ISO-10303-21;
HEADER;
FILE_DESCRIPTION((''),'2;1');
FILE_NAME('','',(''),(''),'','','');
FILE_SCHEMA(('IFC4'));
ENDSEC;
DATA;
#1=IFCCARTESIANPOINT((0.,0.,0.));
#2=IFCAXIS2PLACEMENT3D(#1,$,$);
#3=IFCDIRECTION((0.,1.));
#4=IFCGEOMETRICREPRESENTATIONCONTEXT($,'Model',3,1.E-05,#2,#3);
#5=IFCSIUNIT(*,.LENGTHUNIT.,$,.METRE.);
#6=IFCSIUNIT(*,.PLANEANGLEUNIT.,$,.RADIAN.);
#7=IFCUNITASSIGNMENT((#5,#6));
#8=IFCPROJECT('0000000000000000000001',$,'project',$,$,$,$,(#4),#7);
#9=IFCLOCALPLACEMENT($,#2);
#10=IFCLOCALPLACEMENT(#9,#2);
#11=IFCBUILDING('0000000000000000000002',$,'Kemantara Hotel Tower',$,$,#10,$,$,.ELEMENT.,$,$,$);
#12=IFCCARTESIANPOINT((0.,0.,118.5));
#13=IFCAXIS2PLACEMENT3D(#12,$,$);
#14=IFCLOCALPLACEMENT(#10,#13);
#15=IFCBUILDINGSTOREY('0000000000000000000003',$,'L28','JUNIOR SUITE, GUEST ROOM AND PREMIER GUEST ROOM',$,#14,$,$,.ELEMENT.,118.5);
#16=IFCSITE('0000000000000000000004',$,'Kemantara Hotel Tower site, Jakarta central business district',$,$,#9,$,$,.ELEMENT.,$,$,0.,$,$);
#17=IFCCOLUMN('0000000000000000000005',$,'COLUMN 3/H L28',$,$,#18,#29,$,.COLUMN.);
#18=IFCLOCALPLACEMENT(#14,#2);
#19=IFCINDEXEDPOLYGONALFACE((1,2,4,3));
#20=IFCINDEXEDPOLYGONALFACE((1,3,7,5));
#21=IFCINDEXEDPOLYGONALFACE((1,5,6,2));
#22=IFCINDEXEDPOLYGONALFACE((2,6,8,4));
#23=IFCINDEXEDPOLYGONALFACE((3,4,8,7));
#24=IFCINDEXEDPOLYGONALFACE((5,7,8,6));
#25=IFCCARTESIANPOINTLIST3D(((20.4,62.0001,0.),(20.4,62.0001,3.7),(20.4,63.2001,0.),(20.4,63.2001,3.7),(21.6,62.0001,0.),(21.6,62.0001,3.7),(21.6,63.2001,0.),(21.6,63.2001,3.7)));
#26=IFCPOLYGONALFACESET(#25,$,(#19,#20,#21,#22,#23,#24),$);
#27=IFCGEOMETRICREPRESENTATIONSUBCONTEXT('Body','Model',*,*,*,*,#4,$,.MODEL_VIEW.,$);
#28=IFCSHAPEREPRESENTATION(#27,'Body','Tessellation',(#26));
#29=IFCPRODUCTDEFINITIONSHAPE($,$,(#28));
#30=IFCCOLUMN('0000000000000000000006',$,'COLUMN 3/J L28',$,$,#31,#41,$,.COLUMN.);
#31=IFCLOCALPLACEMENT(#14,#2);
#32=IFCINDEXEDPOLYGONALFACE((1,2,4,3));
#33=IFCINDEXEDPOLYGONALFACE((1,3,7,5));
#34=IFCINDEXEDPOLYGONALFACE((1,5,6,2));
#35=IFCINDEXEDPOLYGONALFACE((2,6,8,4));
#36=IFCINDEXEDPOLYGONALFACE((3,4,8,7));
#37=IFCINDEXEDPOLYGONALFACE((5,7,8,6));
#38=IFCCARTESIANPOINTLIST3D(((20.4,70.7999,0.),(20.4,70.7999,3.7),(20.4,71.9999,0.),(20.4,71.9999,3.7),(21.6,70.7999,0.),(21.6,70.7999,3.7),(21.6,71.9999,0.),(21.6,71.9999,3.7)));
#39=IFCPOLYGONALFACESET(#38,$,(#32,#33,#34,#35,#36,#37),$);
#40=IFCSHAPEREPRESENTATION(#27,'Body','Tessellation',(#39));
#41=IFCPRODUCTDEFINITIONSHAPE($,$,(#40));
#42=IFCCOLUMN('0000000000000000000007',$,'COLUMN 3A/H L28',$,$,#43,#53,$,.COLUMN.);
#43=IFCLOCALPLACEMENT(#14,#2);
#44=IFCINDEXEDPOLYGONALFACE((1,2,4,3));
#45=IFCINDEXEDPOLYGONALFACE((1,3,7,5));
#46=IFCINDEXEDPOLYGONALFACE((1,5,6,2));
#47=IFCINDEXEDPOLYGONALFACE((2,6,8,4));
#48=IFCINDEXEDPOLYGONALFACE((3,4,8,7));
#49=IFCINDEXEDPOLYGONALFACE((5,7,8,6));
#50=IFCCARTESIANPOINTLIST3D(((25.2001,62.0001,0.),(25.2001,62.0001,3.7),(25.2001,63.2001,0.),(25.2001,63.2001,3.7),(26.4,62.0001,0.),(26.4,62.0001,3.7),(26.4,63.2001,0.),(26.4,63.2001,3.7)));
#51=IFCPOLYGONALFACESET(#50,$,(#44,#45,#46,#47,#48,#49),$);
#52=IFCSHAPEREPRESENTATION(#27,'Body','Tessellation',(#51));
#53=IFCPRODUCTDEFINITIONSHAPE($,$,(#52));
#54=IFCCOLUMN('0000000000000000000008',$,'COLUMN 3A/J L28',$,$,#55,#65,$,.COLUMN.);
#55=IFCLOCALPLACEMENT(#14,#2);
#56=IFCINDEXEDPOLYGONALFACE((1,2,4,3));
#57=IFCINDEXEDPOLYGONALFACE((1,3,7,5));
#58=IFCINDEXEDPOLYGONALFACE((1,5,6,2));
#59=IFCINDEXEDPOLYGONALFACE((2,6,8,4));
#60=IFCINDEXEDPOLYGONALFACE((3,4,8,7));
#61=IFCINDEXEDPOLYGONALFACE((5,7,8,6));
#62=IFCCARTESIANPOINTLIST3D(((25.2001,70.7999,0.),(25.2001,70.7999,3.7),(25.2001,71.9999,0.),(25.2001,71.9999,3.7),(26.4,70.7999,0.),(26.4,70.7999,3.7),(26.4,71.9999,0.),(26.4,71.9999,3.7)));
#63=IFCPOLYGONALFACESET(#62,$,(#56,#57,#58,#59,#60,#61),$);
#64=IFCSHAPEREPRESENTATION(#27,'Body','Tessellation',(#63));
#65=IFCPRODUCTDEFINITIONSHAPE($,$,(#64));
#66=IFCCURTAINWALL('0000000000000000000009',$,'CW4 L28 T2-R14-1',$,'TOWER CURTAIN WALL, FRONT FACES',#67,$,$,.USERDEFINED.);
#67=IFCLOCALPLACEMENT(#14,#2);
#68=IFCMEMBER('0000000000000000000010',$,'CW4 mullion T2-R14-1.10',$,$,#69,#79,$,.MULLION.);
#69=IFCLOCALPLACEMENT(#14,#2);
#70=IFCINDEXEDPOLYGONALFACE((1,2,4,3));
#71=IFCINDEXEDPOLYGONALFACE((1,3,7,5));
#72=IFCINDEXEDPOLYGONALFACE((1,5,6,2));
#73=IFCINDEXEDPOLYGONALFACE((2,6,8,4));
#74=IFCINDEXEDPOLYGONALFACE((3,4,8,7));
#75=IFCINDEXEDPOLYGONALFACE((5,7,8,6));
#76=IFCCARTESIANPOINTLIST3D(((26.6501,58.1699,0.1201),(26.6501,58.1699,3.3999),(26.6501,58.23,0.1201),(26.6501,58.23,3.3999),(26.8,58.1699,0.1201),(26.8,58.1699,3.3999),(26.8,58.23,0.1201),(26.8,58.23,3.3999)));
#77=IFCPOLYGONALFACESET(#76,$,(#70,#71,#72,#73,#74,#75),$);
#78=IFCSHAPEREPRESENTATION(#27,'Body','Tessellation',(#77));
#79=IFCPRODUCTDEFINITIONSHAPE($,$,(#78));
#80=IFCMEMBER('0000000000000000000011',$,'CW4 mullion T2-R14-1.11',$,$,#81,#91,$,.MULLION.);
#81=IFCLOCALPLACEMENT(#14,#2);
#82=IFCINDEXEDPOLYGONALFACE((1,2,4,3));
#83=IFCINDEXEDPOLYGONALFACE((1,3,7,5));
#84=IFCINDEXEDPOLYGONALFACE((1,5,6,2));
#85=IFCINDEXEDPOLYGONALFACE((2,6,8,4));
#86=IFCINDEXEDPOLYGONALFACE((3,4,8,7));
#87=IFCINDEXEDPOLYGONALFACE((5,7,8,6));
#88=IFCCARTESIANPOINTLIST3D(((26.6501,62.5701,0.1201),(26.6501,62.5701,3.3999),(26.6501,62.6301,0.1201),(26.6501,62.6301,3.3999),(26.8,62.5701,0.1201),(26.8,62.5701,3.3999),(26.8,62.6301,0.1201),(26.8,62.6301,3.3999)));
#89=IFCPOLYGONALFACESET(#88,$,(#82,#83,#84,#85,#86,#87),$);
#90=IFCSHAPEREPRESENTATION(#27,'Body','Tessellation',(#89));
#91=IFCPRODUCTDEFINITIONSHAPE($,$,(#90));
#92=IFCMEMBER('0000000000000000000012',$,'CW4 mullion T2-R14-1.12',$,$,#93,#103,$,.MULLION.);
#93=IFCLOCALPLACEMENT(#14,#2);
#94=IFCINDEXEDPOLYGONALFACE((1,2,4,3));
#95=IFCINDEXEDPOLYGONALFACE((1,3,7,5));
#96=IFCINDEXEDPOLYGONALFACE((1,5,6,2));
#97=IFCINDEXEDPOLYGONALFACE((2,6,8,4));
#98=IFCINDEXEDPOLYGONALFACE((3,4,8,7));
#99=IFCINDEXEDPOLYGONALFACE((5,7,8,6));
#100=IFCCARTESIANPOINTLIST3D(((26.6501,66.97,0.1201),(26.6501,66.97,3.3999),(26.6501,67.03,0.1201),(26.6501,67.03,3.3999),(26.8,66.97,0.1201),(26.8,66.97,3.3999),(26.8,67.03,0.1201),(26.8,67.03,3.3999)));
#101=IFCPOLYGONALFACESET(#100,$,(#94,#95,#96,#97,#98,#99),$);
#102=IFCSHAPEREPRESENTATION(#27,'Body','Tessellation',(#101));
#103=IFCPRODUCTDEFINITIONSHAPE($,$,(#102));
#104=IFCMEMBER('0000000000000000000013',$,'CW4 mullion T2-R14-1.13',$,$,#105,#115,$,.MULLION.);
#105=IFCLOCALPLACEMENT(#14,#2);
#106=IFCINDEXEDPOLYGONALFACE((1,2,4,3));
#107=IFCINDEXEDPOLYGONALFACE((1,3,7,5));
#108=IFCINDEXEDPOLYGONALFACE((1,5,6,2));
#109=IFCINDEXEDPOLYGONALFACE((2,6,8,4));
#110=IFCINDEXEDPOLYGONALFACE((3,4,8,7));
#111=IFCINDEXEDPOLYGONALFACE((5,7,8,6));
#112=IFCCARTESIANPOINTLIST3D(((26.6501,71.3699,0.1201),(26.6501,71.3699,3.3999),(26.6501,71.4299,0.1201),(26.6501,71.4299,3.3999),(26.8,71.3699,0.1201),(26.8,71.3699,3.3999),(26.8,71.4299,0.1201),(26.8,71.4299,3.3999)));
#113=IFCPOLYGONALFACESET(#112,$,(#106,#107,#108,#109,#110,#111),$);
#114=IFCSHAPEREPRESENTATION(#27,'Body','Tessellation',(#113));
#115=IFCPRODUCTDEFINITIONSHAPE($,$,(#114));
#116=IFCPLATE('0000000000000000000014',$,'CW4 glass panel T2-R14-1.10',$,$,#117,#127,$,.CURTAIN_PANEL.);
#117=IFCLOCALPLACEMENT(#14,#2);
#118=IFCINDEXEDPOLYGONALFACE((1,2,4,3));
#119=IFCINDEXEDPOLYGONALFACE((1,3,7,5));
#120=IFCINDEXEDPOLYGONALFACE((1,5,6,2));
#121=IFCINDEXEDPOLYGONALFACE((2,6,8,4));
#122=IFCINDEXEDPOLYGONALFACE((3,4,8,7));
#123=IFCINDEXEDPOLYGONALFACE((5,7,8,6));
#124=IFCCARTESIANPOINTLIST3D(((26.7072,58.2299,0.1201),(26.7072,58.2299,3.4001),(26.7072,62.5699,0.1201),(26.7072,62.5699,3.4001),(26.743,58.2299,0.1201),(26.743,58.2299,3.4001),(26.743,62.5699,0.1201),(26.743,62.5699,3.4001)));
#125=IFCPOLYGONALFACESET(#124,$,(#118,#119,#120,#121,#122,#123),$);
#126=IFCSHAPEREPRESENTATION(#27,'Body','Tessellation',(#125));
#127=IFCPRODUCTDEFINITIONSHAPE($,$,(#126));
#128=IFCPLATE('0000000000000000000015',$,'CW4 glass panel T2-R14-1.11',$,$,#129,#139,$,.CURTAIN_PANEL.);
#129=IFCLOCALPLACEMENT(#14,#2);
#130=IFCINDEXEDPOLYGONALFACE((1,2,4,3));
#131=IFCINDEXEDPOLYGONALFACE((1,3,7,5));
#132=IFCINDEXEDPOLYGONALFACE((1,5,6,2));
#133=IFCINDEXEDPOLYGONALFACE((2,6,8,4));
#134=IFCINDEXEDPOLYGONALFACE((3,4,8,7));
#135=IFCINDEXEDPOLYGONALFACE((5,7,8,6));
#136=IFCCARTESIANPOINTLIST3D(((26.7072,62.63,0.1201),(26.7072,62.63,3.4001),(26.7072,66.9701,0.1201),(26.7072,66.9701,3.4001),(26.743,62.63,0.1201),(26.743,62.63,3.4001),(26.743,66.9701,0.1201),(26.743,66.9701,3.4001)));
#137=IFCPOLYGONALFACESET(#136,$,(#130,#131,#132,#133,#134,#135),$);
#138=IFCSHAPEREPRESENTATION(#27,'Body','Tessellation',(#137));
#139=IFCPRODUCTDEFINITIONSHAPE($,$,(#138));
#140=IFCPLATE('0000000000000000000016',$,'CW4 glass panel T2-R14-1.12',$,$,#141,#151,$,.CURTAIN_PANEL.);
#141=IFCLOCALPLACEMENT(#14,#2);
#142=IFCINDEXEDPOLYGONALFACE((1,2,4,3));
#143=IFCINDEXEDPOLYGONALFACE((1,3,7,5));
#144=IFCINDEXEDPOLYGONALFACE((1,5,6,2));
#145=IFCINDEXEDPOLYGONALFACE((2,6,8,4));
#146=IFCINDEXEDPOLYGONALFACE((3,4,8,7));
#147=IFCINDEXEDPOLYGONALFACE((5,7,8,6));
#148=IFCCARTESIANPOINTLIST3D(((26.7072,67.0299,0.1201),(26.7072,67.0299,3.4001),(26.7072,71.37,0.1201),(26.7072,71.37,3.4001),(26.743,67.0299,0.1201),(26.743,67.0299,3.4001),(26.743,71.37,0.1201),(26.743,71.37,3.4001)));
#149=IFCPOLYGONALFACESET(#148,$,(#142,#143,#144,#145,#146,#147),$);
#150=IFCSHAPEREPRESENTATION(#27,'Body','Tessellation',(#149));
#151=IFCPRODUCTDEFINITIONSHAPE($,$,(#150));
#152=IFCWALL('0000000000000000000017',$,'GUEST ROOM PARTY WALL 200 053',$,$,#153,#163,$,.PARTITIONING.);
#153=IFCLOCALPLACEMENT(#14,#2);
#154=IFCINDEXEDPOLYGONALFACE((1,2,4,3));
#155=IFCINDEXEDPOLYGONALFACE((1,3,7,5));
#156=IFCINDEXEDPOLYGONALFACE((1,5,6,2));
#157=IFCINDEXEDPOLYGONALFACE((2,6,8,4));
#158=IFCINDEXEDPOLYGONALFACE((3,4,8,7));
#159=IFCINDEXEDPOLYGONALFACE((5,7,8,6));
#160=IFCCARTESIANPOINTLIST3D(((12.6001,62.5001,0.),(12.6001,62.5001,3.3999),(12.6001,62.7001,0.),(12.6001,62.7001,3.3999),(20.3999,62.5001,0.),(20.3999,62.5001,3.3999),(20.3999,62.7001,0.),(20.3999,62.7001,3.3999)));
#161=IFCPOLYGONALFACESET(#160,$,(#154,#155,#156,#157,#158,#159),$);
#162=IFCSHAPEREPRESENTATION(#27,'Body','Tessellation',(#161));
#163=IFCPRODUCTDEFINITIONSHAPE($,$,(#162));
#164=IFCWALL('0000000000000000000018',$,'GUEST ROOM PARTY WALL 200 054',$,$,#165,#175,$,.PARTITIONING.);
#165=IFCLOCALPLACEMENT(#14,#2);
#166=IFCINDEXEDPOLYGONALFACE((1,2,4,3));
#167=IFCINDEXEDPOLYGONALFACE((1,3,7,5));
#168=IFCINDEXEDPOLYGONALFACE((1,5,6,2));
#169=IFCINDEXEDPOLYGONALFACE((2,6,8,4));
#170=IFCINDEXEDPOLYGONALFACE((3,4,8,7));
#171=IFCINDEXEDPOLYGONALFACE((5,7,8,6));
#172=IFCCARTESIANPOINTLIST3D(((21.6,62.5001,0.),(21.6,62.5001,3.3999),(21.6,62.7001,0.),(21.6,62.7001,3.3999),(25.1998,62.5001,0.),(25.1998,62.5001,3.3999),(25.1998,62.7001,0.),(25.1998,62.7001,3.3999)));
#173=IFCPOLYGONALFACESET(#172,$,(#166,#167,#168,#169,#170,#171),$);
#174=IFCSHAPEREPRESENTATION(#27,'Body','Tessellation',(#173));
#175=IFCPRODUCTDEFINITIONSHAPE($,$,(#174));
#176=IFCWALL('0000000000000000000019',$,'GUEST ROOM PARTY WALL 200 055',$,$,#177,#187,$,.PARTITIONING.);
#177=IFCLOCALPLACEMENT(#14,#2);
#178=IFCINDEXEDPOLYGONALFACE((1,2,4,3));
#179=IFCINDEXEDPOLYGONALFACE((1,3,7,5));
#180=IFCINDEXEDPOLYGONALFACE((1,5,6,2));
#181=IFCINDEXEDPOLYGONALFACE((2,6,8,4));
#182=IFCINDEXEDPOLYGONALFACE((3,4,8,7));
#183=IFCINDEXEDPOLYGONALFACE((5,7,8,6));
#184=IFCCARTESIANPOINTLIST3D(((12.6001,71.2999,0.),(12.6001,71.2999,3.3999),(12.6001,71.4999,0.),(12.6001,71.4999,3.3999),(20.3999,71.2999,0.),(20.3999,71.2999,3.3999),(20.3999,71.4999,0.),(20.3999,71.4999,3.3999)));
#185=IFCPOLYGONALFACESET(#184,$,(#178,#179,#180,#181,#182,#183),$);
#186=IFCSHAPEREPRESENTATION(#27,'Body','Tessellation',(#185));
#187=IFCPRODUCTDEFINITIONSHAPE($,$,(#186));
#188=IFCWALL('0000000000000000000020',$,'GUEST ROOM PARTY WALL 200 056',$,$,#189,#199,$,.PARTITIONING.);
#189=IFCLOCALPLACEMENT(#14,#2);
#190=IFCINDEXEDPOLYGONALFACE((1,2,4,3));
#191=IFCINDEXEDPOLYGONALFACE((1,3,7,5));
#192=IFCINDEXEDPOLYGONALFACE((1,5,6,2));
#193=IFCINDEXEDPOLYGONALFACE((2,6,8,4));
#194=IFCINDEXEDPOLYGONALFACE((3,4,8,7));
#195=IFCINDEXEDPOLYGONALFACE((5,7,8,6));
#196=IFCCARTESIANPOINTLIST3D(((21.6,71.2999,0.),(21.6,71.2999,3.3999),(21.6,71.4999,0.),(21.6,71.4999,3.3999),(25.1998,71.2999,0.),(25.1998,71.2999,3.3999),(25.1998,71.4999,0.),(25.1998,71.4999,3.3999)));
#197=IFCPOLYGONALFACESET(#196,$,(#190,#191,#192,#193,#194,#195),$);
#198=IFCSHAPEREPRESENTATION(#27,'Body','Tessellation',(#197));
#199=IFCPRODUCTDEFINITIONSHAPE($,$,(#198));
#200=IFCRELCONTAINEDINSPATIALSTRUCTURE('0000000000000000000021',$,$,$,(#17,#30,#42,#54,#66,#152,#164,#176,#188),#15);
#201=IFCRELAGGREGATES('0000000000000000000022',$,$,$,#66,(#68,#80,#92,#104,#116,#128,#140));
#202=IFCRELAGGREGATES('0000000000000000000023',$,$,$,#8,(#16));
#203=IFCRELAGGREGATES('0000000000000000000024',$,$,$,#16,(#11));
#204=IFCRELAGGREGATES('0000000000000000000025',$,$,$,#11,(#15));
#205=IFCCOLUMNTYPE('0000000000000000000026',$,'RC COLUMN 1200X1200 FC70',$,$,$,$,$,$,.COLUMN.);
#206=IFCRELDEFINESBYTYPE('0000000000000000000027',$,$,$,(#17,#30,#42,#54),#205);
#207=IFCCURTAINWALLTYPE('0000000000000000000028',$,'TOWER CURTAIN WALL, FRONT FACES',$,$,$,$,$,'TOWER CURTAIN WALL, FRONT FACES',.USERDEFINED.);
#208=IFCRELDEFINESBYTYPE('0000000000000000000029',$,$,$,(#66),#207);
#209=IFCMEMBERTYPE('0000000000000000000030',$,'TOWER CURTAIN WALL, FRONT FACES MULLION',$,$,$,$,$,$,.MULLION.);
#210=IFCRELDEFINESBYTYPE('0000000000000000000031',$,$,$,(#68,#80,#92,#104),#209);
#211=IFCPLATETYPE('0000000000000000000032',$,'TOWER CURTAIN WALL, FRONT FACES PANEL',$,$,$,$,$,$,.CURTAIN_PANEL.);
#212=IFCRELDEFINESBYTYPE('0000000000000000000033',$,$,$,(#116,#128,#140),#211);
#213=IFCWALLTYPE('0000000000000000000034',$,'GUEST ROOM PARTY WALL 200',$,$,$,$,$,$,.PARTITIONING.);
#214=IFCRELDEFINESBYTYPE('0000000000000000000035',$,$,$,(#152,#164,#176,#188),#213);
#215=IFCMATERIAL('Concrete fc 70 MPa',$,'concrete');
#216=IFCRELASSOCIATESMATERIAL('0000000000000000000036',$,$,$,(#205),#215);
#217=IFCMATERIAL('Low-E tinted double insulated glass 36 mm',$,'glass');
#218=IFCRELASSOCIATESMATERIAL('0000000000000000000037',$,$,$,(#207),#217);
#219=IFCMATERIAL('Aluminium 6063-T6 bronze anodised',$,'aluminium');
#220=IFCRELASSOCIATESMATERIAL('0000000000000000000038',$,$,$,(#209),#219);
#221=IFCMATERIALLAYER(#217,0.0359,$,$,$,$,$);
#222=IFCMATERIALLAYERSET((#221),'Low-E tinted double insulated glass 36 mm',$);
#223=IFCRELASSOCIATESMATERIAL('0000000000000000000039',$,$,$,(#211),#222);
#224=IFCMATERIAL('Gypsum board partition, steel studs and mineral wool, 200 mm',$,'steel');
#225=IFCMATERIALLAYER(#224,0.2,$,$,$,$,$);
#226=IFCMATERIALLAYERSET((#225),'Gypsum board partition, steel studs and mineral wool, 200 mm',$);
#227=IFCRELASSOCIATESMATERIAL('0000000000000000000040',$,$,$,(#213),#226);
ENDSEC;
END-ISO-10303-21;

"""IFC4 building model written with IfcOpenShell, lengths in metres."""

from ifc_helpers import new_model, si_unit, direction, frame, frame_2d, origin, origin_2d, place, context, subcontext, project, spatial, rectangle, extrude, source, transform, mapped, material, layer, layer_set, material_profile, profile_set, type_object, element, aggregate, save


model = new_model("IFC4")

# Units and contexts
model_context = context("Model", 3, precision=1e-05, world=origin(), true_north=direction((0.0, 1.0)))
body_context = subcontext(model_context, "Body", "Model", "MODEL_VIEW")
ifc_project = project(units=[si_unit("LENGTHUNIT", "METRE"), si_unit("PLANEANGLEUNIT", "RADIAN")], contexts=[model_context])

# Site, building, storey
site_placement = place(None, origin())
site = spatial("IfcSite", under=ifc_project, at=site_placement, Name="Kemantara Hotel Tower site, Jakarta central business district", CompositionType="ELEMENT", RefElevation=0.0)
building_placement = place(site_placement, origin())
building = spatial("IfcBuilding", under=site, at=building_placement, Name="Kemantara Hotel Tower", CompositionType="ELEMENT")
storey_placement = place(building_placement, frame((0.0, 0.0, 118.5)))
storey = spatial("IfcBuildingStorey", under=building, at=storey_placement, Name="L28", Description="JUNIOR SUITE, GUEST ROOM AND PREMIER GUEST ROOM", CompositionType="ELEMENT", Elevation=118.5)

# Columns
ifc_material_1 = material(Name="Concrete fc 70 MPa", Category="concrete")
ifc_material_profile_1 = material_profile(ifc_material_1, rectangle(XDim=1.2, YDim=1.2, at=origin_2d()), Name="RC 1200X1200")
ifc_profile_set_1 = profile_set([ifc_material_profile_1], Name="Concrete fc 70 MPa")
column_type = type_object("IfcColumnType", Name="RC COLUMN 1200X1200 FC70", PredefinedType="COLUMN", material=ifc_profile_set_1)
for number, where, z_axis, x_axis, name in (
    (1, (21.0, 62.6001, 0.0), (0.0, 0.0, 1.0), (1.0, 0.0, 0.0), "COLUMN 3/H L28"),
    (2, (21.0, 71.3999, 0.0), (0.0, 0.0, 1.0), (1.0, 0.0, 0.0), "COLUMN 3/J L28"),
    (3, (25.8, 62.6001, 0.0), (0.0, 0.0, 1.0), (1.0, 0.0, 0.0), "COLUMN 3A/H L28"),
    (4, (25.8, 71.3999, 0.0), (0.0, 0.0, 1.0), (1.0, 0.0, 0.0), "COLUMN 3A/J L28"),
):
    element("IfcColumn", number, at=place(storey_placement, frame(where, z_axis=z_axis, x_axis=x_axis)), inside=storey, type_object=column_type, Name=name, PredefinedType="COLUMN", context=body_context, shape_type="SweptSolid", body=[
        extrude(rectangle(XDim=1.2, YDim=1.2, at=origin_2d()), origin(), (0.0, 0.0, 1.0), 3.7),
    ])

# Curtain wall, members, plates
ifc_material_2 = material(Name="Low-E tinted double insulated glass 36 mm", Category="glass")
curtain_wall_type = type_object("IfcCurtainWallType", Name="TOWER CURTAIN WALL, FRONT FACES", ElementType="TOWER CURTAIN WALL, FRONT FACES", PredefinedType="USERDEFINED", material=ifc_material_2)
curtain_wall_placement = place(storey_placement, origin())
curtain_wall = element("IfcCurtainWall", 5, at=curtain_wall_placement, inside=storey, type_object=curtain_wall_type, Name="CW4 L28 T2-R14-1", ObjectType="TOWER CURTAIN WALL, FRONT FACES", PredefinedType="USERDEFINED")
ifc_material_3 = material(Name="Aluminium 6063-T6 bronze anodised", Category="aluminium")
ifc_material_profile_2 = material_profile(ifc_material_3, rectangle(XDim=0.1499, YDim=0.0601, at=origin_2d()), Name="TOWER CURTAIN WALL, FRONT FACES MULLION")
ifc_profile_set_2 = profile_set([ifc_material_profile_2], Name="Aluminium 6063-T6 bronze anodised")
member_type = type_object("IfcMemberType", Name="TOWER CURTAIN WALL, FRONT FACES MULLION", PredefinedType="MULLION", material=ifc_profile_set_2)
shared_shape_1 = source(origin(), body_context, "Body", "SweptSolid", [
    extrude(rectangle(XDim=0.1499, YDim=0.0601, at=origin_2d()), origin(), (0.0, 0.0, 1.0), 3.2798),
])
member_1_placement = place(storey_placement, frame((26.7251, 58.2, 0.1201), z_axis=(0.0, 0.0, 1.0), x_axis=(-1.0, 0.0, 0.0)))
member_1 = element("IfcMember", 6, at=member_1_placement, type_object=member_type, Name="CW4 mullion T2-R14-1.10", PredefinedType="MULLION", context=body_context, shape_type="MappedRepresentation", body=[
    mapped(shared_shape_1, transform((0.0, 0.0, 0.0))),
])
member_2_placement = place(storey_placement, frame((26.7251, 62.6001, 0.1201), z_axis=(0.0, 0.0, 1.0), x_axis=(-1.0, 0.0, 0.0)))
member_2 = element("IfcMember", 7, at=member_2_placement, type_object=member_type, Name="CW4 mullion T2-R14-1.11", PredefinedType="MULLION", context=body_context, shape_type="MappedRepresentation", body=[
    mapped(shared_shape_1, transform((0.0, 0.0, 0.0))),
])
member_3_placement = place(storey_placement, frame((26.7251, 67.0, 0.1201), z_axis=(0.0, 0.0, 1.0), x_axis=(-1.0, 0.0, 0.0)))
member_3 = element("IfcMember", 8, at=member_3_placement, type_object=member_type, Name="CW4 mullion T2-R14-1.12", PredefinedType="MULLION", context=body_context, shape_type="MappedRepresentation", body=[
    mapped(shared_shape_1, transform((0.0, 0.0, 0.0))),
])
member_4_placement = place(storey_placement, frame((26.7251, 71.3999, 0.1201), z_axis=(0.0, 0.0, 1.0), x_axis=(-1.0, 0.0, 0.0)))
member_4 = element("IfcMember", 9, at=member_4_placement, type_object=member_type, Name="CW4 mullion T2-R14-1.13", PredefinedType="MULLION", context=body_context, shape_type="MappedRepresentation", body=[
    mapped(shared_shape_1, transform((0.0, 0.0, 0.0))),
])
ifc_layer_1 = layer(ifc_material_2, 0.0359)
ifc_layer_set_1 = layer_set([ifc_layer_1], Name="Low-E tinted double insulated glass 36 mm")
plate_type = type_object("IfcPlateType", Name="TOWER CURTAIN WALL, FRONT FACES PANEL", PredefinedType="CURTAIN_PANEL", material=ifc_layer_set_1)
shared_shape_2 = source(origin(), body_context, "Body", "SweptSolid", [
    extrude(rectangle(XDim=4.3401, YDim=0.0359, at=origin_2d()), origin(), (0.0, 0.0, 1.0), 3.28),
])
plate_1_placement = place(storey_placement, frame((26.7251, 60.3999, 0.1201), z_axis=(0.0, 0.0, 1.0), x_axis=(0.0, 1.0, 0.0)))
plate_1 = element("IfcPlate", 10, at=plate_1_placement, type_object=plate_type, Name="CW4 glass panel T2-R14-1.10", PredefinedType="CURTAIN_PANEL", context=body_context, shape_type="MappedRepresentation", body=[
    mapped(shared_shape_2, transform((0.0, 0.0, 0.0))),
])
plate_2_placement = place(storey_placement, frame((26.7251, 64.8, 0.1201), z_axis=(0.0, 0.0, 1.0), x_axis=(0.0, 1.0, 0.0)))
plate_2 = element("IfcPlate", 11, at=plate_2_placement, type_object=plate_type, Name="CW4 glass panel T2-R14-1.11", PredefinedType="CURTAIN_PANEL", context=body_context, shape_type="MappedRepresentation", body=[
    mapped(shared_shape_2, transform((0.0, 0.0, 0.0))),
])
plate_3_placement = place(storey_placement, frame((26.7251, 69.2, 0.1201), z_axis=(0.0, 0.0, 1.0), x_axis=(0.0, 1.0, 0.0)))
plate_3 = element("IfcPlate", 12, at=plate_3_placement, type_object=plate_type, Name="CW4 glass panel T2-R14-1.12", PredefinedType="CURTAIN_PANEL", context=body_context, shape_type="MappedRepresentation", body=[
    mapped(shared_shape_2, transform((0.0, 0.0, 0.0))),
])
aggregate(curtain_wall, [member_1, member_2, member_3, member_4, plate_1, plate_2, plate_3])

# Walls
ifc_material_4 = material(Name="Gypsum board partition, steel studs and mineral wool, 200 mm", Category="steel")
ifc_layer_2 = layer(ifc_material_4, 0.2)
ifc_layer_set_2 = layer_set([ifc_layer_2], Name="Gypsum board partition, steel studs and mineral wool, 200 mm")
wall_type_1 = type_object("IfcWallType", Name="GUEST ROOM PARTY WALL 200", PredefinedType="PARTITIONING", material=ifc_layer_set_2)
wall_1_placement = place(storey_placement, frame((12.6001, 62.6001, 0.0), z_axis=(0.0, 0.0, 1.0), x_axis=(1.0, 0.0, 0.0)))
element("IfcWall", 13, at=wall_1_placement, inside=storey, type_object=wall_type_1, Name="GUEST ROOM PARTY WALL 200 053", PredefinedType="PARTITIONING", context=body_context, shape_type="SweptSolid", body=[
    extrude(rectangle(XDim=7.7998, YDim=0.2, at=frame_2d((3.8999, 0.0))), origin(), (0.0, 0.0, 1.0), 3.3999),
])
wall_2_placement = place(storey_placement, frame((21.6001, 62.6001, 0.0), z_axis=(0.0, 0.0, 1.0), x_axis=(1.0, 0.0, 0.0)))
element("IfcWall", 14, at=wall_2_placement, inside=storey, type_object=wall_type_1, Name="GUEST ROOM PARTY WALL 200 054", PredefinedType="PARTITIONING", context=body_context, shape_type="SweptSolid", body=[
    extrude(rectangle(XDim=3.5999, YDim=0.2, at=frame_2d((1.7998, 0.0))), origin(), (0.0, 0.0, 1.0), 3.3999),
])
wall_3_placement = place(storey_placement, frame((12.6001, 71.3999, 0.0), z_axis=(0.0, 0.0, 1.0), x_axis=(1.0, 0.0, 0.0)))
element("IfcWall", 15, at=wall_3_placement, inside=storey, type_object=wall_type_1, Name="GUEST ROOM PARTY WALL 200 055", PredefinedType="PARTITIONING", context=body_context, shape_type="SweptSolid", body=[
    extrude(rectangle(XDim=7.7998, YDim=0.2, at=frame_2d((3.8999, 0.0))), origin(), (0.0, 0.0, 1.0), 3.3999),
])
wall_4_placement = place(storey_placement, frame((21.6001, 71.3999, 0.0), z_axis=(0.0, 0.0, 1.0), x_axis=(1.0, 0.0, 0.0)))
element("IfcWall", 16, at=wall_4_placement, inside=storey, type_object=wall_type_1, Name="GUEST ROOM PARTY WALL 200 056", PredefinedType="PARTITIONING", context=body_context, shape_type="SweptSolid", body=[
    extrude(rectangle(XDim=3.5999, YDim=0.2, at=frame_2d((1.7998, 0.0))), origin(), (0.0, 0.0, 1.0), 3.3999),
])

save(model, "model.ifc")
